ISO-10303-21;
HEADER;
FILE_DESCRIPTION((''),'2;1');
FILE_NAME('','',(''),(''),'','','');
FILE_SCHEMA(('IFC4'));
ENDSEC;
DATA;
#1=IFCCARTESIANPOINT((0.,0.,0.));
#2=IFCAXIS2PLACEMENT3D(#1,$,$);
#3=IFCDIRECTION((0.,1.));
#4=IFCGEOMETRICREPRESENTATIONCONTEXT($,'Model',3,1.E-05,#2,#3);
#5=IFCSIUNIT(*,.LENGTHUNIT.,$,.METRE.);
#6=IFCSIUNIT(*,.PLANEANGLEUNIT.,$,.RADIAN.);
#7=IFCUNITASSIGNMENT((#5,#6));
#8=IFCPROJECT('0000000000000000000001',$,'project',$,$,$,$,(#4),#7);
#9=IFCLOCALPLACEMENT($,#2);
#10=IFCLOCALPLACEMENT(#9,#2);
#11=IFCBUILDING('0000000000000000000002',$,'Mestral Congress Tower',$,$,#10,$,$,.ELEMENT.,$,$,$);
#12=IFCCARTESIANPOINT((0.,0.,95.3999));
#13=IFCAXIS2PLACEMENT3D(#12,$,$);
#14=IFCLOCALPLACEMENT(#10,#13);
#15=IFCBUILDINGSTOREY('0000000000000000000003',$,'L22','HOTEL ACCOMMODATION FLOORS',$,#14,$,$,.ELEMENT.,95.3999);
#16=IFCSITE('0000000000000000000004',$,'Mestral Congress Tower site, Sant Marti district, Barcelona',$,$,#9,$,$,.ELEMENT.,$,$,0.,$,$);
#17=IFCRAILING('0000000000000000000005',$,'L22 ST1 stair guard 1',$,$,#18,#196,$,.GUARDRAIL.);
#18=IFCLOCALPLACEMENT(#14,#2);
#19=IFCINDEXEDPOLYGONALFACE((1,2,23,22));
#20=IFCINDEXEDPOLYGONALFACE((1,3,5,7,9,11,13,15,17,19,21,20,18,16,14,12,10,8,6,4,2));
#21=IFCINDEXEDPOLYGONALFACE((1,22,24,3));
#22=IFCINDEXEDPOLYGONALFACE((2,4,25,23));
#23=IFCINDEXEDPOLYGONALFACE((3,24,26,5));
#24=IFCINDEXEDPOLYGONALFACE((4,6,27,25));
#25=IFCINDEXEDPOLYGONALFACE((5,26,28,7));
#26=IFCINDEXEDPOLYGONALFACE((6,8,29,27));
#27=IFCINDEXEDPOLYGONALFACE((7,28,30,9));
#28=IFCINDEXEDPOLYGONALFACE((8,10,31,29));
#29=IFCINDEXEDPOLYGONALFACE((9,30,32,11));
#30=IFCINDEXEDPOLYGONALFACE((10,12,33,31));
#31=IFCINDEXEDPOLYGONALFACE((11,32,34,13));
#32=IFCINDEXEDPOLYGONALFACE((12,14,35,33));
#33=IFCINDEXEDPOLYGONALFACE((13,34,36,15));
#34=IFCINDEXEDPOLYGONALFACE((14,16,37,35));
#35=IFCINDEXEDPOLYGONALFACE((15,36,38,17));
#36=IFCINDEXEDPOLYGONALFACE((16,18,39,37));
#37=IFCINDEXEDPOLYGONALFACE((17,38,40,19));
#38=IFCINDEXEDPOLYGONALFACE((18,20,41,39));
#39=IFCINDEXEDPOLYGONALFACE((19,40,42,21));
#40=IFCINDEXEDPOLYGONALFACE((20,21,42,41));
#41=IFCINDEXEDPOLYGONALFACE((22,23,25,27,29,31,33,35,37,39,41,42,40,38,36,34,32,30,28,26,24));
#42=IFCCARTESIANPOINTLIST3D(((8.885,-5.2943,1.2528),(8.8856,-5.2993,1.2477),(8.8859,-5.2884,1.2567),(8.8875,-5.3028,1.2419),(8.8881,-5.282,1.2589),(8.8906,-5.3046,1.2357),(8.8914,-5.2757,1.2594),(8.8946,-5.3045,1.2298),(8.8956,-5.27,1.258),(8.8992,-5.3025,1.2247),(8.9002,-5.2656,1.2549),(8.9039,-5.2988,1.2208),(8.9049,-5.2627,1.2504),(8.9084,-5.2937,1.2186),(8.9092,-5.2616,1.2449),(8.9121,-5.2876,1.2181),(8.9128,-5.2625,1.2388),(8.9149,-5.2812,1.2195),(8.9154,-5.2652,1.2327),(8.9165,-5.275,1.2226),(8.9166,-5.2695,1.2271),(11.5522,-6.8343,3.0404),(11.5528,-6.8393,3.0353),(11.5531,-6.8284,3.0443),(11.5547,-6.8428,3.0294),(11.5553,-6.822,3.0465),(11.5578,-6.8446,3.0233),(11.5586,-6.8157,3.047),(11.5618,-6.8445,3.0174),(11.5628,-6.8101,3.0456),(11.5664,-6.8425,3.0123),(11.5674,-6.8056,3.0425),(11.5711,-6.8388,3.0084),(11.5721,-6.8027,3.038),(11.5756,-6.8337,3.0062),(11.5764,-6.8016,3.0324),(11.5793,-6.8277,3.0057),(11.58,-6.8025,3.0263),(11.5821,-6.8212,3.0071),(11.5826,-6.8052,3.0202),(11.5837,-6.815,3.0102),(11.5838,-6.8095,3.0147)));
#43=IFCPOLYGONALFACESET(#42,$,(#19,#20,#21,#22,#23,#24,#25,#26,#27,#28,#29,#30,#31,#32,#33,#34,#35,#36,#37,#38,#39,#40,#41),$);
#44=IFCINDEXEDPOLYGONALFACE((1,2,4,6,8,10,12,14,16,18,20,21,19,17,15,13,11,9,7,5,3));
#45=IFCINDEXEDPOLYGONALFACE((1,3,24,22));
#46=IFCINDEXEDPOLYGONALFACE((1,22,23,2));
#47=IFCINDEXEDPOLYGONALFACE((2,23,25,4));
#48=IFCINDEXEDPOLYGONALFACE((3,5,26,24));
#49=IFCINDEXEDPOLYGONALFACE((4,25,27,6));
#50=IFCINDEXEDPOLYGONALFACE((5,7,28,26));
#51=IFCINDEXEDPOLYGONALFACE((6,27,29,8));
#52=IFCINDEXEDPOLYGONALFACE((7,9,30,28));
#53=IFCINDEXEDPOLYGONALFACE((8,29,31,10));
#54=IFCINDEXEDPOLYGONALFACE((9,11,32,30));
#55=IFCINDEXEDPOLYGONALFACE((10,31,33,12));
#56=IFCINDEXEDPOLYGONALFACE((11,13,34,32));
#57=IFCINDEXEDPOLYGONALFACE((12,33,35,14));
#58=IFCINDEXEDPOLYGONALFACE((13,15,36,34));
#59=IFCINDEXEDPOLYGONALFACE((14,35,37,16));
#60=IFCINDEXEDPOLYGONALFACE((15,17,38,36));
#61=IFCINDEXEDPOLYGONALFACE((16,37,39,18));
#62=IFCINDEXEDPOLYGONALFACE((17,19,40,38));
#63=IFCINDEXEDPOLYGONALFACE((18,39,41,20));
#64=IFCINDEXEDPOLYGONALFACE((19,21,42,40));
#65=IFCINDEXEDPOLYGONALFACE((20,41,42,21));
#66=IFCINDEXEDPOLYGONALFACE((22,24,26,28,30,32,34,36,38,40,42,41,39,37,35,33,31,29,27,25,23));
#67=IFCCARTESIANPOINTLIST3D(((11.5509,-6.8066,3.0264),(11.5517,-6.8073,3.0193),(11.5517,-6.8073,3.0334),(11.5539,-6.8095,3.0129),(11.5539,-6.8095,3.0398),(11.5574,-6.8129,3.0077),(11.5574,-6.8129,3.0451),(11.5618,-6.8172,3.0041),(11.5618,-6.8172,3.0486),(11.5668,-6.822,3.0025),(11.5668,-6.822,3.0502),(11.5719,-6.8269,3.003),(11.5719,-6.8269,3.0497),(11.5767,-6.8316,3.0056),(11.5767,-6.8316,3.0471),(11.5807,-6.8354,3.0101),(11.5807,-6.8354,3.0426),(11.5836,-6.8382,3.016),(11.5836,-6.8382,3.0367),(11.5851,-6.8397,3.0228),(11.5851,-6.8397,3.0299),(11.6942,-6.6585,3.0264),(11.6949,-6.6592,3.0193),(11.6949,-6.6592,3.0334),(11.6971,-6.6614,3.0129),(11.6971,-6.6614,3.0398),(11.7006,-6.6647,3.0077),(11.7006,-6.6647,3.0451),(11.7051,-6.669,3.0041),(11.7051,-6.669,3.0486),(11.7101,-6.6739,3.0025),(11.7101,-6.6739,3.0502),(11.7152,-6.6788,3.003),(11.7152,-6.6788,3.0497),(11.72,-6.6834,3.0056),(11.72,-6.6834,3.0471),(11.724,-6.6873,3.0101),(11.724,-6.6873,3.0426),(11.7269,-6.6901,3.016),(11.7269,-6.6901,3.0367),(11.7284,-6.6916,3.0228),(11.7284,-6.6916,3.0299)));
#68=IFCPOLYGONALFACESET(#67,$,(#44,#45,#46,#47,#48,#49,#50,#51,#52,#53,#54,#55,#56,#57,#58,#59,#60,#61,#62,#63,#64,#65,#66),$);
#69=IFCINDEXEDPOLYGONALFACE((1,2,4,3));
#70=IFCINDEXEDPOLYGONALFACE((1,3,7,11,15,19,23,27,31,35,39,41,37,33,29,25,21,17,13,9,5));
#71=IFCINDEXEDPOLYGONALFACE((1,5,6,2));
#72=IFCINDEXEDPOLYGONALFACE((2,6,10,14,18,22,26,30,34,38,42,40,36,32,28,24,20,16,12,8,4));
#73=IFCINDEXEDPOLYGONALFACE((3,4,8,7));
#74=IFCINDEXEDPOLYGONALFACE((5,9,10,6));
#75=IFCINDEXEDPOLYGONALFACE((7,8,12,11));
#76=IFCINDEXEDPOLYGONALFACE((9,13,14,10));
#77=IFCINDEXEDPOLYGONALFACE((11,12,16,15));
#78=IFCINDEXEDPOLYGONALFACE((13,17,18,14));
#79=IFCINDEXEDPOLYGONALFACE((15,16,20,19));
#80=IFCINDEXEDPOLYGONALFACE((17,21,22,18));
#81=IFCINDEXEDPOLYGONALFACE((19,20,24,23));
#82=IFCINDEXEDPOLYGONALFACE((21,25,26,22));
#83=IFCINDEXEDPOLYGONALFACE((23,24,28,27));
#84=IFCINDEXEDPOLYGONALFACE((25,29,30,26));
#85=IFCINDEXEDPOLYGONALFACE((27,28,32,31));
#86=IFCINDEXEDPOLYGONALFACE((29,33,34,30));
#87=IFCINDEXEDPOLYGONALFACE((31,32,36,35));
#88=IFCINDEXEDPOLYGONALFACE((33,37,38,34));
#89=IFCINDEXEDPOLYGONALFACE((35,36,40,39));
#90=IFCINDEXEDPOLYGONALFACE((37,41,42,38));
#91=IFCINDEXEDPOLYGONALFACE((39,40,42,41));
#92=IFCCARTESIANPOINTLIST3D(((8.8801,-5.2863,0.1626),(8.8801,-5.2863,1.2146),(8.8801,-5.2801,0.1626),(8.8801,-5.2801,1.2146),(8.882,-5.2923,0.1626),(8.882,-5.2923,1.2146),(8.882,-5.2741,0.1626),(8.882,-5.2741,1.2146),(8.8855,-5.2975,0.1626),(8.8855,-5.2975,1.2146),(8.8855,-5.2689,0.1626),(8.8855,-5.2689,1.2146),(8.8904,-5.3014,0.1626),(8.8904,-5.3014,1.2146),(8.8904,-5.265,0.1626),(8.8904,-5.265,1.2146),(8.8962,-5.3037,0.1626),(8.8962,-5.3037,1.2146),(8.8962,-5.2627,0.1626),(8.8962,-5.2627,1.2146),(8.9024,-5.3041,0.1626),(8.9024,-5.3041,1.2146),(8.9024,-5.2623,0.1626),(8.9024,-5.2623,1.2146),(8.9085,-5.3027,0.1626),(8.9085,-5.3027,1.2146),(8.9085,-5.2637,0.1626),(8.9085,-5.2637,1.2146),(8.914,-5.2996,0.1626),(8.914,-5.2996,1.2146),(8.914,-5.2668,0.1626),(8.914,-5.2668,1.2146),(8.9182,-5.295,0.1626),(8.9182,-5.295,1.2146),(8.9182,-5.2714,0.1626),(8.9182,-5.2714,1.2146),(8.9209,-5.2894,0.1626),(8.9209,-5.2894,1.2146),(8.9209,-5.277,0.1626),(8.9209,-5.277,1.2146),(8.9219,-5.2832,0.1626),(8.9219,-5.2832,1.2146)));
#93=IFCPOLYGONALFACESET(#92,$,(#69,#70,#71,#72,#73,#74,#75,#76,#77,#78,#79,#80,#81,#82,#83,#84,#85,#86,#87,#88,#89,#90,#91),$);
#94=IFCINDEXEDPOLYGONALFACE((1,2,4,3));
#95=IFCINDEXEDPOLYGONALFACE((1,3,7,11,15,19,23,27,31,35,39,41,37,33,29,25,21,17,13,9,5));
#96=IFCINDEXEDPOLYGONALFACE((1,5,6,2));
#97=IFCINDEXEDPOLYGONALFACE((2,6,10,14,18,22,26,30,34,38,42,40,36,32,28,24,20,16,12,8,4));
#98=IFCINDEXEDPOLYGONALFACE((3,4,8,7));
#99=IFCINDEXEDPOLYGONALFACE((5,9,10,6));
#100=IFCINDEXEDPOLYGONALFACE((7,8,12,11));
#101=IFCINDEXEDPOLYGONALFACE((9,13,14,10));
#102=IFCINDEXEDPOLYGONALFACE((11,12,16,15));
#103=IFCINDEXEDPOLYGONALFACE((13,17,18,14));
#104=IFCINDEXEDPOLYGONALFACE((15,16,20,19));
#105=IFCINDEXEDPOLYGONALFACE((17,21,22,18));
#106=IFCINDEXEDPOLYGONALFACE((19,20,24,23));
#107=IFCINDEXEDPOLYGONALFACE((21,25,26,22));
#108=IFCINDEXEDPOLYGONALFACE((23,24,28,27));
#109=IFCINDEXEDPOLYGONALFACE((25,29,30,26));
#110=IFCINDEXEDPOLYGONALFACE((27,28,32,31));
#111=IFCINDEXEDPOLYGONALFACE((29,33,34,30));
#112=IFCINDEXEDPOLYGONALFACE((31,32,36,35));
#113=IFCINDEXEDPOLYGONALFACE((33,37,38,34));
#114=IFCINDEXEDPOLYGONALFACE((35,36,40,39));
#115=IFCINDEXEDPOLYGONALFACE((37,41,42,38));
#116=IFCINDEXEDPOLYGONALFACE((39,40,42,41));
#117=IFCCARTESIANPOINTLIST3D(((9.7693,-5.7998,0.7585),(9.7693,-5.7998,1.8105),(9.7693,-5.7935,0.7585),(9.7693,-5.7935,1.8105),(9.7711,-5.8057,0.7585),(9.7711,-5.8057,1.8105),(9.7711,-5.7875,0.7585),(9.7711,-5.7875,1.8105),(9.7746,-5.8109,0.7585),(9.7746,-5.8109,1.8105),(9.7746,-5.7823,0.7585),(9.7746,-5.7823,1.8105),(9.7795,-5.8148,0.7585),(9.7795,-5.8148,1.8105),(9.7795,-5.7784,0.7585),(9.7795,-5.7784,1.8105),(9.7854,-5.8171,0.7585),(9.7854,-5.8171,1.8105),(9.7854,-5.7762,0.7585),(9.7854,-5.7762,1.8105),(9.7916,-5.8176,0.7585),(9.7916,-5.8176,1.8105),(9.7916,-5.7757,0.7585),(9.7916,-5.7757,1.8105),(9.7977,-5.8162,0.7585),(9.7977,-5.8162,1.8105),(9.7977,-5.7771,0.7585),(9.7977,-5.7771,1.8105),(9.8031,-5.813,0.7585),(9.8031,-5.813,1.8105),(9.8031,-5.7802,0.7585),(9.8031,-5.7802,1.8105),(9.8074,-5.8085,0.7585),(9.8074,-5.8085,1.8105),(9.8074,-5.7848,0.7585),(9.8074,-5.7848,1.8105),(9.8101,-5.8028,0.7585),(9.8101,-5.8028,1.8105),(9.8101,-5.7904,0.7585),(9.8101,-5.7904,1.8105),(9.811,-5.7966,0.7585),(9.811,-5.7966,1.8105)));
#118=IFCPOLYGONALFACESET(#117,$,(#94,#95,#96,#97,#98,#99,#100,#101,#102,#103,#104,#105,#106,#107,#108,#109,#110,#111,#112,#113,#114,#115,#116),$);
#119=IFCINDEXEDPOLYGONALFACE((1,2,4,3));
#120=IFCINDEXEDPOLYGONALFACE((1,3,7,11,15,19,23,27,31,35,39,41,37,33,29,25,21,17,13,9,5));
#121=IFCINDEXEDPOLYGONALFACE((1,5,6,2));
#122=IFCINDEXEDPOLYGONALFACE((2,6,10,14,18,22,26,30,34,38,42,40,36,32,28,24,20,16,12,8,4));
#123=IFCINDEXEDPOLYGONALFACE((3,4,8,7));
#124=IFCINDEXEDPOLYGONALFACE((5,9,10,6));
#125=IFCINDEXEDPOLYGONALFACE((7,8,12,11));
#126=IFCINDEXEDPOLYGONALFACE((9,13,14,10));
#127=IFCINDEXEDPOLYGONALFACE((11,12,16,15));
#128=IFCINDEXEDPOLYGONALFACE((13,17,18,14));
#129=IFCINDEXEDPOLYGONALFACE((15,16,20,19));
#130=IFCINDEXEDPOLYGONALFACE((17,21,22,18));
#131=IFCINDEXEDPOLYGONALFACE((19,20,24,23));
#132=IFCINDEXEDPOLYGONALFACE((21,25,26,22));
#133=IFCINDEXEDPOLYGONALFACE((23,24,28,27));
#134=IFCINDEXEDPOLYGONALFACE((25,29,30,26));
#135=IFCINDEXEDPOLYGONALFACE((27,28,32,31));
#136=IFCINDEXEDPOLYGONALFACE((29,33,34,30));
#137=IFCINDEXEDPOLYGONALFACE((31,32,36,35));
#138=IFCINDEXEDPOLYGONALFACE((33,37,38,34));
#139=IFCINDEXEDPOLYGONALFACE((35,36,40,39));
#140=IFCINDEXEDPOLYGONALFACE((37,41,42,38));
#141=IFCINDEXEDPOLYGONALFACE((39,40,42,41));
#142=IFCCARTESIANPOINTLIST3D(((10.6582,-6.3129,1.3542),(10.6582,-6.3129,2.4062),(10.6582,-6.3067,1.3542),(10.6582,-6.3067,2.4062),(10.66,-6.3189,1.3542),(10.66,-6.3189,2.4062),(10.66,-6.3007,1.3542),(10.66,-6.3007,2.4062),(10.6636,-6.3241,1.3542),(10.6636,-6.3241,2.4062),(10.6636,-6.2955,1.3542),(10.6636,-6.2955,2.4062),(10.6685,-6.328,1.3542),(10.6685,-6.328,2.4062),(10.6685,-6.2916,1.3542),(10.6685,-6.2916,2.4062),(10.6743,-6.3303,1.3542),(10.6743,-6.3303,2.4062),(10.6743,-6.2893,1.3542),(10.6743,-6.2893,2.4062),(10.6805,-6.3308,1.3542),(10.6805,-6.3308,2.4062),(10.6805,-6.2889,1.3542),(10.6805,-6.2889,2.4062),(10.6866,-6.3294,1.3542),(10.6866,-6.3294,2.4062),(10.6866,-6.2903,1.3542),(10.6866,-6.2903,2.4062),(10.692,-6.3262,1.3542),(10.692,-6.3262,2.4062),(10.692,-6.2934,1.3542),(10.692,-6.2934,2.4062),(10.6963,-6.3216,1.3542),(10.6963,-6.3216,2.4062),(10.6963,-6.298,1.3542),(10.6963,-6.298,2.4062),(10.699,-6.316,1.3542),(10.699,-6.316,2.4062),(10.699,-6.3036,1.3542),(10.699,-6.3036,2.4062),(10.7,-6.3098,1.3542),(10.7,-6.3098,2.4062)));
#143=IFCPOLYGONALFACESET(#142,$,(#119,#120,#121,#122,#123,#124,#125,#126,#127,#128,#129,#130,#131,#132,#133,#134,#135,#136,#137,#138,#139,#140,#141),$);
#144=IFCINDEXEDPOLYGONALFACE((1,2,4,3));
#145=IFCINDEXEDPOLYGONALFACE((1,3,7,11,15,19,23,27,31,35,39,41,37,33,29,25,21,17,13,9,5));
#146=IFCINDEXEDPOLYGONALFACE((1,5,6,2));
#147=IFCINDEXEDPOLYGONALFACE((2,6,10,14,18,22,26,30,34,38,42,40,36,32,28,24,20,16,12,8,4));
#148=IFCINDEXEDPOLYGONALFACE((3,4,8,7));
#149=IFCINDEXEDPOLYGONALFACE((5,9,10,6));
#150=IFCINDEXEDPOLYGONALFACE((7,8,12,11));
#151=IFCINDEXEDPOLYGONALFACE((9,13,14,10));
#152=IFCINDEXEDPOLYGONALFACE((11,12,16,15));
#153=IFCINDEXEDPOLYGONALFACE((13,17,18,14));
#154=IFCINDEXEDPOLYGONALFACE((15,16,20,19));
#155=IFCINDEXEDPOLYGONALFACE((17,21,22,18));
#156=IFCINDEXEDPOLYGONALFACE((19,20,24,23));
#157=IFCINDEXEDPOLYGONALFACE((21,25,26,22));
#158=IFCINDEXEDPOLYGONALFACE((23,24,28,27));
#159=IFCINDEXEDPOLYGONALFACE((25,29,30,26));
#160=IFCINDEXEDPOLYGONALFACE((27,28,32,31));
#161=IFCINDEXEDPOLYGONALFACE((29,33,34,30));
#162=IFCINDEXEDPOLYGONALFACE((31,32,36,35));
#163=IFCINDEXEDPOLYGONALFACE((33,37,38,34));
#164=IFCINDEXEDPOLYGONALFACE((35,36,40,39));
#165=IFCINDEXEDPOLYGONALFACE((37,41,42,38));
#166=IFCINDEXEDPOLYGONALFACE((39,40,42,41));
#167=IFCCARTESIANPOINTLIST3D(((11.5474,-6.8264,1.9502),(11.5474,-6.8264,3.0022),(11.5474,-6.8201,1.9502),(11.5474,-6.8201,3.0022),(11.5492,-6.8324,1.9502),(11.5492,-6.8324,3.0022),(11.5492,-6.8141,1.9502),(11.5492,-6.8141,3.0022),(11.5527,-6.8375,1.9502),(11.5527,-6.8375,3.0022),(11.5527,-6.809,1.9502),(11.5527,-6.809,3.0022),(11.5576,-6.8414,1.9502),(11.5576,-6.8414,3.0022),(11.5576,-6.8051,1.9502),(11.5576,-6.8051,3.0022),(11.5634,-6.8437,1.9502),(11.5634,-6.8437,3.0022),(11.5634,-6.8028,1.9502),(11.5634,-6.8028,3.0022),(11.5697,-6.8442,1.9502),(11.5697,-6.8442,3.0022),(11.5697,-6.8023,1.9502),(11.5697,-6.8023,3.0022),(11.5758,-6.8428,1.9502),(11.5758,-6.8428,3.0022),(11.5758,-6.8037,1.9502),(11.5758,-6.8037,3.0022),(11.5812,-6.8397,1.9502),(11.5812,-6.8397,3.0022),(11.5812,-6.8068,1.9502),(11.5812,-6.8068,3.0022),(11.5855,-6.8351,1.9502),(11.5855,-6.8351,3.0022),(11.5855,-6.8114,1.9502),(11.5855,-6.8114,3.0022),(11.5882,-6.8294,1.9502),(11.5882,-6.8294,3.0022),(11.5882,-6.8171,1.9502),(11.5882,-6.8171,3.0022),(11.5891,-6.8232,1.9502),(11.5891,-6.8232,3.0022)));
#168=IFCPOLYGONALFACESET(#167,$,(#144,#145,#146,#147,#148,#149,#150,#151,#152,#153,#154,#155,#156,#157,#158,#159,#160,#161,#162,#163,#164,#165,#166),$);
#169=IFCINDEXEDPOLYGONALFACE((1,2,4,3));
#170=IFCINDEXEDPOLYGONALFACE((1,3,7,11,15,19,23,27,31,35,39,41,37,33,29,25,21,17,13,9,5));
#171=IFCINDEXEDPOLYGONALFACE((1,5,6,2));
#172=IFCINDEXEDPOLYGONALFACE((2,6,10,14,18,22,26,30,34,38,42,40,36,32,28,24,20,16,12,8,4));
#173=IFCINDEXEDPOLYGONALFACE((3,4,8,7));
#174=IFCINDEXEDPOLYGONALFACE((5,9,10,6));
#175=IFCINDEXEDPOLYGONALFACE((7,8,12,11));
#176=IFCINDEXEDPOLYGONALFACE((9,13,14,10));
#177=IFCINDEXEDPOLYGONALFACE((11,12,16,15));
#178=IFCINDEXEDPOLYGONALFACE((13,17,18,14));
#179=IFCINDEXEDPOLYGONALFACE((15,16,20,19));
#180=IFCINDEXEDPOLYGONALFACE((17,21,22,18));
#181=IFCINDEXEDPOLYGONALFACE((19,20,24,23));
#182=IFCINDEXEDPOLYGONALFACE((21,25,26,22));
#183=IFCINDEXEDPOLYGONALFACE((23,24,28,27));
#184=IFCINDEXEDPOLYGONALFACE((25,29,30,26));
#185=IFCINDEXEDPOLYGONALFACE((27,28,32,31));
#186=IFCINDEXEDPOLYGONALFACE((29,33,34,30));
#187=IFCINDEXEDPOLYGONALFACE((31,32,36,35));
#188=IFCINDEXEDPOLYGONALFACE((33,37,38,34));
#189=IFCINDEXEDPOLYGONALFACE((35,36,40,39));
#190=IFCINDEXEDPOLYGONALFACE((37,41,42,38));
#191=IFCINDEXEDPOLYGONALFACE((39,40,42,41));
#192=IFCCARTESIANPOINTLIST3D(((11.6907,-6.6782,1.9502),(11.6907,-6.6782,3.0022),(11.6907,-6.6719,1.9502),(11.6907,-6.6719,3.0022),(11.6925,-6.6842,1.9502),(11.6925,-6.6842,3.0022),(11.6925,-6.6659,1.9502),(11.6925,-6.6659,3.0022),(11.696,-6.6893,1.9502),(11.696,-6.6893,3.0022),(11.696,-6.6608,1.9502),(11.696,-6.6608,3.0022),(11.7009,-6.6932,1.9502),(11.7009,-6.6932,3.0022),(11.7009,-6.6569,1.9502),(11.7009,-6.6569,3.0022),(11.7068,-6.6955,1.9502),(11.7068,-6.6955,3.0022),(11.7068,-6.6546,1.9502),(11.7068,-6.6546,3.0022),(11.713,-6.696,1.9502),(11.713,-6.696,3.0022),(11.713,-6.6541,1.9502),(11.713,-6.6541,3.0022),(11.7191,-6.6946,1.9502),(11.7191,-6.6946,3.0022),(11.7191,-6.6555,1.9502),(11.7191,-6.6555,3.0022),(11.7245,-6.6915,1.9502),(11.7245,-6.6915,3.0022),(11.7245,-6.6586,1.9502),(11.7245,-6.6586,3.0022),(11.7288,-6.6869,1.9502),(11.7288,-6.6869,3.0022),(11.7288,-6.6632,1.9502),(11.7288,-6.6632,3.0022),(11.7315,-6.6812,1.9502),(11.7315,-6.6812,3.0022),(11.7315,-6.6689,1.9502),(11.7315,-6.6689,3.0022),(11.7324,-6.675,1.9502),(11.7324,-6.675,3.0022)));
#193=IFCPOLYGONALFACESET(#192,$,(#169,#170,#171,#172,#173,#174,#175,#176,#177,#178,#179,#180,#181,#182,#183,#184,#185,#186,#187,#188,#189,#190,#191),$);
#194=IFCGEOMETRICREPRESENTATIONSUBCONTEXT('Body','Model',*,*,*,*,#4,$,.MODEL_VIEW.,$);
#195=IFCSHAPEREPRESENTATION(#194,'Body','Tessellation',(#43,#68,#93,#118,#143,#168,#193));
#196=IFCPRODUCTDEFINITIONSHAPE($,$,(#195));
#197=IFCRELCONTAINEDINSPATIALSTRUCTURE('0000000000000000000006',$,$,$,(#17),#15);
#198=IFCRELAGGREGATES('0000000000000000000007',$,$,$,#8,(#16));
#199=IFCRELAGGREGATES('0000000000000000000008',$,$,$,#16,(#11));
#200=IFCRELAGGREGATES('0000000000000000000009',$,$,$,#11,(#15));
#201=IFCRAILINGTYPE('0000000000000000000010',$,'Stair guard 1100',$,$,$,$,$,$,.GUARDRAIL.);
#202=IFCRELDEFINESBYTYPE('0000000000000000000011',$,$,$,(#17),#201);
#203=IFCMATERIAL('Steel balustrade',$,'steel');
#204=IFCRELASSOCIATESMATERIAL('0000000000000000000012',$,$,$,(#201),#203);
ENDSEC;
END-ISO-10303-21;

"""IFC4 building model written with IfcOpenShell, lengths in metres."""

from ifc_helpers import new_model, si_unit, direction, frame, origin, origin_2d, place, context, subcontext, project, spatial, circle, extrude, material, type_object, element, save


model = new_model("IFC4")

# Units and contexts
model_context = context("Model", 3, precision=1e-05, world=origin(), true_north=direction((0.0, 1.0)))
body_context = subcontext(model_context, "Body", "Model", "MODEL_VIEW")
ifc_project = project(units=[si_unit("LENGTHUNIT", "METRE"), si_unit("PLANEANGLEUNIT", "RADIAN")], contexts=[model_context])

# Site, building, storey
site_placement = place(None, origin())
site = spatial("IfcSite", under=ifc_project, at=site_placement, Name="Mestral Congress Tower site, Sant Marti district, Barcelona", CompositionType="ELEMENT", RefElevation=0.0)
building_placement = place(site_placement, origin())
building = spatial("IfcBuilding", under=site, at=building_placement, Name="Mestral Congress Tower", CompositionType="ELEMENT")
storey_placement = place(building_placement, frame((0.0, 0.0, 95.3999)))
storey = spatial("IfcBuildingStorey", under=building, at=storey_placement, Name="L22", Description="HOTEL ACCOMMODATION FLOORS", CompositionType="ELEMENT", Elevation=95.3999)

# Railing
ifc_material_1 = material(Name="Steel balustrade", Category="steel")
railing_type_1 = type_object("IfcRailingType", Name="Stair guard 1100", PredefinedType="GUARDRAIL", material=ifc_material_1)
railing_1_placement = place(storey_placement, frame((8.9009, -5.2832, 0.1626)))
element("IfcRailing", 1, at=railing_1_placement, inside=storey, type_object=railing_type_1, Name="L22 ST1 stair guard 1", PredefinedType="GUARDRAIL", context=body_context, shape_type="SweptSolid", body=[
    extrude(circle(Radius=0.0239, at=origin_2d()), frame((0.0, 0.0, 1.0762), z_axis=(0.748994, -0.432463, 0.50198), x_axis=(0.500027, 0.86601, 0.0)), (0.0, 0.0, 1.0), 3.561),
    extrude(circle(Radius=0.0239, at=origin_2d()), frame((2.6672, -1.54, 2.8638), z_axis=(0.695165, 0.71885, 0.0), x_axis=(-0.71885, 0.695165, 0.0)), (0.0, 0.0, 1.0), 0.2061),
    extrude(circle(Radius=0.021, at=origin_2d()), origin(), (0.0, 0.0, 1.0), 1.052),
    extrude(circle(Radius=0.021, at=origin_2d()), frame((0.8892, -0.5134, 0.5959)), (0.0, 0.0, 1.0), 1.052),
    extrude(circle(Radius=0.021, at=origin_2d()), frame((1.7781, -1.0266, 1.1917)), (0.0, 0.0, 1.0), 1.052),
    extrude(circle(Radius=0.021, at=origin_2d()), frame((2.6672, -1.54, 1.7876)), (0.0, 0.0, 1.0), 1.052),
    extrude(circle(Radius=0.021, at=origin_2d()), frame((2.8105, -1.3918, 1.7876)), (0.0, 0.0, 1.0), 1.052),
])

save(model, "model.ifc")
